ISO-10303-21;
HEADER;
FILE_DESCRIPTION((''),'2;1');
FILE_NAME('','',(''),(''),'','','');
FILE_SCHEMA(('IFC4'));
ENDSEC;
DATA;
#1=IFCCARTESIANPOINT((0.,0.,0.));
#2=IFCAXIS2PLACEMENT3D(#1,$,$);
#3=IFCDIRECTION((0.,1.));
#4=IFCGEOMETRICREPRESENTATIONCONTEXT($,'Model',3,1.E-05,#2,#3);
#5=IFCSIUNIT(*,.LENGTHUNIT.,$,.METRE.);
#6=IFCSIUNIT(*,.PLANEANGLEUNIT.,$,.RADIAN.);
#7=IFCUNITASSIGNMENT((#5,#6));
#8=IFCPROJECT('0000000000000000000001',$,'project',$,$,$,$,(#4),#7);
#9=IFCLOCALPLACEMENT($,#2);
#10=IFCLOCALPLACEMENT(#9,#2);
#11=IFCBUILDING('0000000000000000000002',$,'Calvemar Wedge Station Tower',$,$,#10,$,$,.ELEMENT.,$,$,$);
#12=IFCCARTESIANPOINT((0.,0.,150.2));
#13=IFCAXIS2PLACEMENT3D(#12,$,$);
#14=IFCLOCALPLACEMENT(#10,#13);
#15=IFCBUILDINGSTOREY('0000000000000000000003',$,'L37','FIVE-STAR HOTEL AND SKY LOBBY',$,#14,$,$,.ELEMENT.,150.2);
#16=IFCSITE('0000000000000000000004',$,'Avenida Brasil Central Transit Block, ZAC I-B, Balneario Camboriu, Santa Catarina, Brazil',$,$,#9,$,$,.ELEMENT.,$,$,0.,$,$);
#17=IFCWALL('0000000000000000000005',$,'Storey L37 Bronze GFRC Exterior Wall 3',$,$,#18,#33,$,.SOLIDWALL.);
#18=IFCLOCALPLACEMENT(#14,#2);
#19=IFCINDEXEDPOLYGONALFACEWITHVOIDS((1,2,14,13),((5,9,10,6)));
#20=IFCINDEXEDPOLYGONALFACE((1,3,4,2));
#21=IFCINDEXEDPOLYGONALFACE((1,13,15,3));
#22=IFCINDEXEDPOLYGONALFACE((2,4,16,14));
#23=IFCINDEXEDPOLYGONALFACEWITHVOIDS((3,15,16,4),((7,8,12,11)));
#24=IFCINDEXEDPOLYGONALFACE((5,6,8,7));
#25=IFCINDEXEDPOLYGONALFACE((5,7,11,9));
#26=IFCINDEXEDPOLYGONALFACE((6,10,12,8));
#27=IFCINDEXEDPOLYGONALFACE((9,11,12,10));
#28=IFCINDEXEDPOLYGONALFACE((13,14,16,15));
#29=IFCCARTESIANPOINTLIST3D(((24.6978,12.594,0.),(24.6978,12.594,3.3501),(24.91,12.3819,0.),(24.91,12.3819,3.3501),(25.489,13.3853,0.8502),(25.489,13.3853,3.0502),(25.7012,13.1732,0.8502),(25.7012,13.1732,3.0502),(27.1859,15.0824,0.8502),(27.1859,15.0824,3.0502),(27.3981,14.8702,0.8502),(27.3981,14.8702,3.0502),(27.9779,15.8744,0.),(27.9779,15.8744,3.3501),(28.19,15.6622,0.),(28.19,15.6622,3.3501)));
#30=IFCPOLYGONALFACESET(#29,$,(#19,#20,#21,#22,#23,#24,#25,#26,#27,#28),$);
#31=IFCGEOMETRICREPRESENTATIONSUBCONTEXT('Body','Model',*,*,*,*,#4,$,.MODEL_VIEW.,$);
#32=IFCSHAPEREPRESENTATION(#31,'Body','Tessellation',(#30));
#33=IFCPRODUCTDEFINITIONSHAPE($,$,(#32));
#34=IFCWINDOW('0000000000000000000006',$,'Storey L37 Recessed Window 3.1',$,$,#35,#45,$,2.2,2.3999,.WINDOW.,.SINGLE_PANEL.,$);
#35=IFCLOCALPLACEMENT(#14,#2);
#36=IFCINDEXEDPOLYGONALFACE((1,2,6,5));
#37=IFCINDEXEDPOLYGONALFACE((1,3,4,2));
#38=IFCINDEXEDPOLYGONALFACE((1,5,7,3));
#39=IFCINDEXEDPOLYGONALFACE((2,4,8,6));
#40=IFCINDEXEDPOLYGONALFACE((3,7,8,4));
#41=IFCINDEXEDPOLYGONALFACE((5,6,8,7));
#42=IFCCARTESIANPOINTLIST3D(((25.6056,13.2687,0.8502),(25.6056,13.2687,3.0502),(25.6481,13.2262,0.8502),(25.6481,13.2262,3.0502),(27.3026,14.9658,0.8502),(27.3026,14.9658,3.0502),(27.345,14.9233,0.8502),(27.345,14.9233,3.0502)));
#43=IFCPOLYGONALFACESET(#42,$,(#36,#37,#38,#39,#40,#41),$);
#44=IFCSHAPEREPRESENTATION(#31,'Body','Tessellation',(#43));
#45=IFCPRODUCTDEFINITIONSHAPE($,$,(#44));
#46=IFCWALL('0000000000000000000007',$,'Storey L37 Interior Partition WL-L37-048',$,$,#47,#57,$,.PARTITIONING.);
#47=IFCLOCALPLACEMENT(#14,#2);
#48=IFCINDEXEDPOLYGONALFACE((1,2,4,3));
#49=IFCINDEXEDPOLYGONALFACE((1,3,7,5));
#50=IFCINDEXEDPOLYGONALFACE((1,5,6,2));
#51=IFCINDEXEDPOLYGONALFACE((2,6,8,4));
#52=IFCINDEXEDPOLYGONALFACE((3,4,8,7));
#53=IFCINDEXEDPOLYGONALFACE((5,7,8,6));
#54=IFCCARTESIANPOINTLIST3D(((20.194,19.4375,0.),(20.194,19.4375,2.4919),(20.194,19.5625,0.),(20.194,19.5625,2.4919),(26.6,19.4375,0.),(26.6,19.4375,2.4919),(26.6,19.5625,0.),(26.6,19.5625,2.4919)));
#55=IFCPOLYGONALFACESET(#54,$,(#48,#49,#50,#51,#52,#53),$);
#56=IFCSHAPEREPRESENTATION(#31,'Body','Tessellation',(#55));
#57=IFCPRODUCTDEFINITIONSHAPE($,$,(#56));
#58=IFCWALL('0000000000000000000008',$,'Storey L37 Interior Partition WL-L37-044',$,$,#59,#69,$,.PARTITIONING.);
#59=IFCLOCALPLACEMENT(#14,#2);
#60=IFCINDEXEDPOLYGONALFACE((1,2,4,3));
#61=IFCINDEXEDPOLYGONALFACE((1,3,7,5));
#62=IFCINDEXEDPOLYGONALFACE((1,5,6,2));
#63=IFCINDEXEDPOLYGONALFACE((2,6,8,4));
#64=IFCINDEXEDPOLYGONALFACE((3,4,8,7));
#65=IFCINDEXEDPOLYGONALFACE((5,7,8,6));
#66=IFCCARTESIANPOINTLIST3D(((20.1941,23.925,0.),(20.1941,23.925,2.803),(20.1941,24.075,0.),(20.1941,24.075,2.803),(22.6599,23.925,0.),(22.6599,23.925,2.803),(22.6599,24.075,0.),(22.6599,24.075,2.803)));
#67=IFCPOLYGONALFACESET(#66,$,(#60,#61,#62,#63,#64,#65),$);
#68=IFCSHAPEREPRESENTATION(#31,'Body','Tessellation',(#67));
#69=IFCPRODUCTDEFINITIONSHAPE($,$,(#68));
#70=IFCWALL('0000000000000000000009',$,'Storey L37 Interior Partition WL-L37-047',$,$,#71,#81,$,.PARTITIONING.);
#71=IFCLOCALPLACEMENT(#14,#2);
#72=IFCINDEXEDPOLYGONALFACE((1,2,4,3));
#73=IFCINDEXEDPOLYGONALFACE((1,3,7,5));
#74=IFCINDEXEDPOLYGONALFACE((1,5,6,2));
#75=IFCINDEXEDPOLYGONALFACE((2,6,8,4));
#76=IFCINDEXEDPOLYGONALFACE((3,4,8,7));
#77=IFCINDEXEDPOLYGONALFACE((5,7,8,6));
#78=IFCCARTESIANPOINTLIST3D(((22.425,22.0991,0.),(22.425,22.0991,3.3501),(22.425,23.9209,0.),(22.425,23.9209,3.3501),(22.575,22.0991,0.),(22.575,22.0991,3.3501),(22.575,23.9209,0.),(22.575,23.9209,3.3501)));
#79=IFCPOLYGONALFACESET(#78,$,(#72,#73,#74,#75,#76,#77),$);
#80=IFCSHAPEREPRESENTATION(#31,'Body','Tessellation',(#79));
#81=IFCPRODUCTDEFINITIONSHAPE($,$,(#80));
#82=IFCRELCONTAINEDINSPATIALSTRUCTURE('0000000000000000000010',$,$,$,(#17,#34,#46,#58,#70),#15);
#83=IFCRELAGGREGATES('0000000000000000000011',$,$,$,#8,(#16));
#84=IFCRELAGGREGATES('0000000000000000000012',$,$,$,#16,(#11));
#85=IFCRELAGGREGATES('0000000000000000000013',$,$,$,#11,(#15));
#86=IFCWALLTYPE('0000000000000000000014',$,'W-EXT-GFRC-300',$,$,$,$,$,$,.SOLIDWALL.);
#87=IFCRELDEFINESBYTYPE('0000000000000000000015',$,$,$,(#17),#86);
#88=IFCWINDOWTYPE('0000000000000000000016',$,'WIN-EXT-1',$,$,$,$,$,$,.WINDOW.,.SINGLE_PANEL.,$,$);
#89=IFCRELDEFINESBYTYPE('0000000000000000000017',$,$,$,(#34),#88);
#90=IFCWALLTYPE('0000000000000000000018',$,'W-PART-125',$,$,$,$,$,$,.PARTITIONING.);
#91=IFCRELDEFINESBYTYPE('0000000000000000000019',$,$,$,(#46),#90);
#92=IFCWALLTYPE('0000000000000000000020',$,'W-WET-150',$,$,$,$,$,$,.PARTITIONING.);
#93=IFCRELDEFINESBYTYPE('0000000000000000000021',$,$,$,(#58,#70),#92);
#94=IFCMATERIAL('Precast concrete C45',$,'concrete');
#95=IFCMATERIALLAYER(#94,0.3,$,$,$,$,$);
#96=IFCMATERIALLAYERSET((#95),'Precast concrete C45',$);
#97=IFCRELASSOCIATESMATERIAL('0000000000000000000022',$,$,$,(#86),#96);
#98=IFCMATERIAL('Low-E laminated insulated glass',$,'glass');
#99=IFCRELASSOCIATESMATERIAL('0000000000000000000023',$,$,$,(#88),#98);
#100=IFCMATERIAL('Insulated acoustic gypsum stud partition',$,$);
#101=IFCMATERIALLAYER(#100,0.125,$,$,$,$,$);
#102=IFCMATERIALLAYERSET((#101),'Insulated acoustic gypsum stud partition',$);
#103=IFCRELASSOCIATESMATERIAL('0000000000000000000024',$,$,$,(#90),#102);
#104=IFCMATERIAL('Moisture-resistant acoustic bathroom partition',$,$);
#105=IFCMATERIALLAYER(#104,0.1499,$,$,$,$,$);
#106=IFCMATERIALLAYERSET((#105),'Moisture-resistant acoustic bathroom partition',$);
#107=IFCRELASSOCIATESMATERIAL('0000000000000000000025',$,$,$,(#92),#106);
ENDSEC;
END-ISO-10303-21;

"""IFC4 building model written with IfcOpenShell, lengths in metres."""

from ifc_helpers import new_model, si_unit, direction, frame, frame_2d, origin, place, context, subcontext, project, spatial, rectangle, extrude, source, transform, mapped, material, layer, layer_set, type_object, element, fill, save


model = new_model("IFC4")

# Units and contexts
model_context = context("Model", 3, precision=1e-05, world=origin(), true_north=direction((0.0, 1.0)))
body_context = subcontext(model_context, "Body", "Model", "MODEL_VIEW")
ifc_project = project(units=[si_unit("LENGTHUNIT", "METRE"), si_unit("PLANEANGLEUNIT", "RADIAN")], contexts=[model_context])

# Site, building, storey
site_placement = place(None, origin())
site = spatial("IfcSite", under=ifc_project, at=site_placement, Name="Avenida Brasil Central Transit Block, ZAC I-B, Balneario Camboriu, Santa Catarina, Brazil", CompositionType="ELEMENT", RefElevation=0.0)
building_placement = place(site_placement, origin())
building = spatial("IfcBuilding", under=site, at=building_placement, Name="Calvemar Wedge Station Tower", CompositionType="ELEMENT")
storey_placement = place(building_placement, frame((0.0, 0.0, 150.2)))
storey = spatial("IfcBuildingStorey", under=building, at=storey_placement, Name="L37", Description="FIVE-STAR HOTEL AND SKY LOBBY", CompositionType="ELEMENT", Elevation=150.2)

# Wall, opening, window
ifc_material_1 = material(Name="Precast concrete C45", Category="concrete")
ifc_layer_1 = layer(ifc_material_1, 0.3)
ifc_layer_set_1 = layer_set([ifc_layer_1], Name="Precast concrete C45")
wall_type_1 = type_object("IfcWallType", Name="W-EXT-GFRC-300", PredefinedType="SOLIDWALL", material=ifc_layer_set_1)
wall_1_placement = place(storey_placement, frame((24.804, 12.488, 0.0), z_axis=(0.0, 0.0, 1.0), x_axis=(0.70708, 0.707133, 0.0)))
wall_1 = element("IfcWall", 1, at=wall_1_placement, inside=storey, type_object=wall_type_1, Name="Storey L37 Bronze GFRC Exterior Wall 3", PredefinedType="SOLIDWALL", context=body_context, shape_type="SweptSolid", body=[
    extrude(rectangle(XDim=4.6389, YDim=0.3, at=frame_2d((2.3193, 0.0))), origin(), (0.0, 0.0, 1.0), 3.3501),
])
shared_shape_1 = source(origin(), body_context, "Body", "SweptSolid", [
    extrude(rectangle(XDim=2.3999, YDim=2.2, at=frame_2d((1.2, 1.1001))), frame((0.0, 0.1602, 0.0), z_axis=(0.0, -1.0, 0.0), x_axis=(1.0, 0.0, 0.0)), (0.0, 0.0, 1.0), 0.3201),
])
opening_1_placement = place(wall_1_placement, frame((1.1189, 0.0, 0.8501)))
opening_1 = element("IfcOpeningElement", 2, at=opening_1_placement, cuts=wall_1, PredefinedType="OPENING", context=body_context, shape_type="MappedRepresentation", body=[
    mapped(shared_shape_1, transform((0.0, 0.0, 0.0), scale=1.0)),
])
ifc_material_2 = material(Name="Low-E laminated insulated glass", Category="glass")
window_type_1 = type_object("IfcWindowType", Name="WIN-EXT-1", PartitioningType="SINGLE_PANEL", PredefinedType="WINDOW", material=ifc_material_2)
shared_shape_2 = source(origin(), body_context, "Body", "SweptSolid", [
    extrude(rectangle(XDim=2.3999, YDim=2.2, at=frame_2d((1.2, 1.1001))), frame((0.0, -0.0149, 0.0), z_axis=(0.0, -1.0, 0.0), x_axis=(1.0, 0.0, 0.0)), (0.0, 0.0, 1.0), 0.0601),
])
window_1_placement = place(opening_1_placement, origin())
window_1 = element("IfcWindow", 3, at=window_1_placement, inside=storey, type_object=window_type_1, Name="Storey L37 Recessed Window 3.1", OverallHeight=2.2, OverallWidth=2.3999, PartitioningType="SINGLE_PANEL", PredefinedType="WINDOW", context=body_context, shape_type="MappedRepresentation", body=[
    mapped(shared_shape_2, transform((0.0, 0.0, 0.0), scale=1.0)),
])
fill(opening_1, window_1)

# Walls
ifc_material_3 = material(Name="Insulated acoustic gypsum stud partition")
ifc_layer_2 = layer(ifc_material_3, 0.125)
ifc_layer_set_2 = layer_set([ifc_layer_2], Name="Insulated acoustic gypsum stud partition")
wall_type_2 = type_object("IfcWallType", Name="W-PART-125", PredefinedType="PARTITIONING", material=ifc_layer_set_2)
wall_2_placement = place(storey_placement, frame((26.6001, 19.5, 0.0), z_axis=(0.0, 0.0, 1.0), x_axis=(-1.0, 0.0, 0.0)))
element("IfcWall", 4, at=wall_2_placement, inside=storey, type_object=wall_type_2, Name="Storey L37 Interior Partition WL-L37-048", PredefinedType="PARTITIONING", context=body_context, shape_type="SweptSolid", body=[
    extrude(rectangle(XDim=6.406, YDim=0.125, at=frame_2d((3.2031, 0.0))), origin(), (0.0, 0.0, 1.0), 2.4919),
])
ifc_material_4 = material(Name="Moisture-resistant acoustic bathroom partition")
ifc_layer_3 = layer(ifc_material_4, 0.1499)
ifc_layer_set_3 = layer_set([ifc_layer_3], Name="Moisture-resistant acoustic bathroom partition")
wall_type_3 = type_object("IfcWallType", Name="W-WET-150", PredefinedType="PARTITIONING", material=ifc_layer_set_3)
wall_3_placement = place(storey_placement, frame((22.6599, 24.0, 0.0), z_axis=(0.0, 0.0, 1.0), x_axis=(-1.0, 0.0, 0.0)))
element("IfcWall", 5, at=wall_3_placement, inside=storey, type_object=wall_type_3, Name="Storey L37 Interior Partition WL-L37-044", PredefinedType="PARTITIONING", context=body_context, shape_type="SweptSolid", body=[
    extrude(rectangle(XDim=2.4658, YDim=0.1499, at=frame_2d((1.2329, 0.0))), origin(), (0.0, 0.0, 1.0), 2.803),
])

# Wall
wall_4_placement = place(storey_placement, frame((22.5, 23.9209, 0.0), z_axis=(0.0, 0.0, 1.0), x_axis=(0.0, -1.0, 0.0)))
element("IfcWall", 6, at=wall_4_placement, inside=storey, type_object=wall_type_3, Name="Storey L37 Interior Partition WL-L37-047", PredefinedType="PARTITIONING", context=body_context, shape_type="SweptSolid", body=[
    extrude(rectangle(XDim=1.8218, YDim=0.1499, at=frame_2d((0.9109, 0.0))), origin(), (0.0, 0.0, 1.0), 3.3501),
])

save(model, "model.ifc")
